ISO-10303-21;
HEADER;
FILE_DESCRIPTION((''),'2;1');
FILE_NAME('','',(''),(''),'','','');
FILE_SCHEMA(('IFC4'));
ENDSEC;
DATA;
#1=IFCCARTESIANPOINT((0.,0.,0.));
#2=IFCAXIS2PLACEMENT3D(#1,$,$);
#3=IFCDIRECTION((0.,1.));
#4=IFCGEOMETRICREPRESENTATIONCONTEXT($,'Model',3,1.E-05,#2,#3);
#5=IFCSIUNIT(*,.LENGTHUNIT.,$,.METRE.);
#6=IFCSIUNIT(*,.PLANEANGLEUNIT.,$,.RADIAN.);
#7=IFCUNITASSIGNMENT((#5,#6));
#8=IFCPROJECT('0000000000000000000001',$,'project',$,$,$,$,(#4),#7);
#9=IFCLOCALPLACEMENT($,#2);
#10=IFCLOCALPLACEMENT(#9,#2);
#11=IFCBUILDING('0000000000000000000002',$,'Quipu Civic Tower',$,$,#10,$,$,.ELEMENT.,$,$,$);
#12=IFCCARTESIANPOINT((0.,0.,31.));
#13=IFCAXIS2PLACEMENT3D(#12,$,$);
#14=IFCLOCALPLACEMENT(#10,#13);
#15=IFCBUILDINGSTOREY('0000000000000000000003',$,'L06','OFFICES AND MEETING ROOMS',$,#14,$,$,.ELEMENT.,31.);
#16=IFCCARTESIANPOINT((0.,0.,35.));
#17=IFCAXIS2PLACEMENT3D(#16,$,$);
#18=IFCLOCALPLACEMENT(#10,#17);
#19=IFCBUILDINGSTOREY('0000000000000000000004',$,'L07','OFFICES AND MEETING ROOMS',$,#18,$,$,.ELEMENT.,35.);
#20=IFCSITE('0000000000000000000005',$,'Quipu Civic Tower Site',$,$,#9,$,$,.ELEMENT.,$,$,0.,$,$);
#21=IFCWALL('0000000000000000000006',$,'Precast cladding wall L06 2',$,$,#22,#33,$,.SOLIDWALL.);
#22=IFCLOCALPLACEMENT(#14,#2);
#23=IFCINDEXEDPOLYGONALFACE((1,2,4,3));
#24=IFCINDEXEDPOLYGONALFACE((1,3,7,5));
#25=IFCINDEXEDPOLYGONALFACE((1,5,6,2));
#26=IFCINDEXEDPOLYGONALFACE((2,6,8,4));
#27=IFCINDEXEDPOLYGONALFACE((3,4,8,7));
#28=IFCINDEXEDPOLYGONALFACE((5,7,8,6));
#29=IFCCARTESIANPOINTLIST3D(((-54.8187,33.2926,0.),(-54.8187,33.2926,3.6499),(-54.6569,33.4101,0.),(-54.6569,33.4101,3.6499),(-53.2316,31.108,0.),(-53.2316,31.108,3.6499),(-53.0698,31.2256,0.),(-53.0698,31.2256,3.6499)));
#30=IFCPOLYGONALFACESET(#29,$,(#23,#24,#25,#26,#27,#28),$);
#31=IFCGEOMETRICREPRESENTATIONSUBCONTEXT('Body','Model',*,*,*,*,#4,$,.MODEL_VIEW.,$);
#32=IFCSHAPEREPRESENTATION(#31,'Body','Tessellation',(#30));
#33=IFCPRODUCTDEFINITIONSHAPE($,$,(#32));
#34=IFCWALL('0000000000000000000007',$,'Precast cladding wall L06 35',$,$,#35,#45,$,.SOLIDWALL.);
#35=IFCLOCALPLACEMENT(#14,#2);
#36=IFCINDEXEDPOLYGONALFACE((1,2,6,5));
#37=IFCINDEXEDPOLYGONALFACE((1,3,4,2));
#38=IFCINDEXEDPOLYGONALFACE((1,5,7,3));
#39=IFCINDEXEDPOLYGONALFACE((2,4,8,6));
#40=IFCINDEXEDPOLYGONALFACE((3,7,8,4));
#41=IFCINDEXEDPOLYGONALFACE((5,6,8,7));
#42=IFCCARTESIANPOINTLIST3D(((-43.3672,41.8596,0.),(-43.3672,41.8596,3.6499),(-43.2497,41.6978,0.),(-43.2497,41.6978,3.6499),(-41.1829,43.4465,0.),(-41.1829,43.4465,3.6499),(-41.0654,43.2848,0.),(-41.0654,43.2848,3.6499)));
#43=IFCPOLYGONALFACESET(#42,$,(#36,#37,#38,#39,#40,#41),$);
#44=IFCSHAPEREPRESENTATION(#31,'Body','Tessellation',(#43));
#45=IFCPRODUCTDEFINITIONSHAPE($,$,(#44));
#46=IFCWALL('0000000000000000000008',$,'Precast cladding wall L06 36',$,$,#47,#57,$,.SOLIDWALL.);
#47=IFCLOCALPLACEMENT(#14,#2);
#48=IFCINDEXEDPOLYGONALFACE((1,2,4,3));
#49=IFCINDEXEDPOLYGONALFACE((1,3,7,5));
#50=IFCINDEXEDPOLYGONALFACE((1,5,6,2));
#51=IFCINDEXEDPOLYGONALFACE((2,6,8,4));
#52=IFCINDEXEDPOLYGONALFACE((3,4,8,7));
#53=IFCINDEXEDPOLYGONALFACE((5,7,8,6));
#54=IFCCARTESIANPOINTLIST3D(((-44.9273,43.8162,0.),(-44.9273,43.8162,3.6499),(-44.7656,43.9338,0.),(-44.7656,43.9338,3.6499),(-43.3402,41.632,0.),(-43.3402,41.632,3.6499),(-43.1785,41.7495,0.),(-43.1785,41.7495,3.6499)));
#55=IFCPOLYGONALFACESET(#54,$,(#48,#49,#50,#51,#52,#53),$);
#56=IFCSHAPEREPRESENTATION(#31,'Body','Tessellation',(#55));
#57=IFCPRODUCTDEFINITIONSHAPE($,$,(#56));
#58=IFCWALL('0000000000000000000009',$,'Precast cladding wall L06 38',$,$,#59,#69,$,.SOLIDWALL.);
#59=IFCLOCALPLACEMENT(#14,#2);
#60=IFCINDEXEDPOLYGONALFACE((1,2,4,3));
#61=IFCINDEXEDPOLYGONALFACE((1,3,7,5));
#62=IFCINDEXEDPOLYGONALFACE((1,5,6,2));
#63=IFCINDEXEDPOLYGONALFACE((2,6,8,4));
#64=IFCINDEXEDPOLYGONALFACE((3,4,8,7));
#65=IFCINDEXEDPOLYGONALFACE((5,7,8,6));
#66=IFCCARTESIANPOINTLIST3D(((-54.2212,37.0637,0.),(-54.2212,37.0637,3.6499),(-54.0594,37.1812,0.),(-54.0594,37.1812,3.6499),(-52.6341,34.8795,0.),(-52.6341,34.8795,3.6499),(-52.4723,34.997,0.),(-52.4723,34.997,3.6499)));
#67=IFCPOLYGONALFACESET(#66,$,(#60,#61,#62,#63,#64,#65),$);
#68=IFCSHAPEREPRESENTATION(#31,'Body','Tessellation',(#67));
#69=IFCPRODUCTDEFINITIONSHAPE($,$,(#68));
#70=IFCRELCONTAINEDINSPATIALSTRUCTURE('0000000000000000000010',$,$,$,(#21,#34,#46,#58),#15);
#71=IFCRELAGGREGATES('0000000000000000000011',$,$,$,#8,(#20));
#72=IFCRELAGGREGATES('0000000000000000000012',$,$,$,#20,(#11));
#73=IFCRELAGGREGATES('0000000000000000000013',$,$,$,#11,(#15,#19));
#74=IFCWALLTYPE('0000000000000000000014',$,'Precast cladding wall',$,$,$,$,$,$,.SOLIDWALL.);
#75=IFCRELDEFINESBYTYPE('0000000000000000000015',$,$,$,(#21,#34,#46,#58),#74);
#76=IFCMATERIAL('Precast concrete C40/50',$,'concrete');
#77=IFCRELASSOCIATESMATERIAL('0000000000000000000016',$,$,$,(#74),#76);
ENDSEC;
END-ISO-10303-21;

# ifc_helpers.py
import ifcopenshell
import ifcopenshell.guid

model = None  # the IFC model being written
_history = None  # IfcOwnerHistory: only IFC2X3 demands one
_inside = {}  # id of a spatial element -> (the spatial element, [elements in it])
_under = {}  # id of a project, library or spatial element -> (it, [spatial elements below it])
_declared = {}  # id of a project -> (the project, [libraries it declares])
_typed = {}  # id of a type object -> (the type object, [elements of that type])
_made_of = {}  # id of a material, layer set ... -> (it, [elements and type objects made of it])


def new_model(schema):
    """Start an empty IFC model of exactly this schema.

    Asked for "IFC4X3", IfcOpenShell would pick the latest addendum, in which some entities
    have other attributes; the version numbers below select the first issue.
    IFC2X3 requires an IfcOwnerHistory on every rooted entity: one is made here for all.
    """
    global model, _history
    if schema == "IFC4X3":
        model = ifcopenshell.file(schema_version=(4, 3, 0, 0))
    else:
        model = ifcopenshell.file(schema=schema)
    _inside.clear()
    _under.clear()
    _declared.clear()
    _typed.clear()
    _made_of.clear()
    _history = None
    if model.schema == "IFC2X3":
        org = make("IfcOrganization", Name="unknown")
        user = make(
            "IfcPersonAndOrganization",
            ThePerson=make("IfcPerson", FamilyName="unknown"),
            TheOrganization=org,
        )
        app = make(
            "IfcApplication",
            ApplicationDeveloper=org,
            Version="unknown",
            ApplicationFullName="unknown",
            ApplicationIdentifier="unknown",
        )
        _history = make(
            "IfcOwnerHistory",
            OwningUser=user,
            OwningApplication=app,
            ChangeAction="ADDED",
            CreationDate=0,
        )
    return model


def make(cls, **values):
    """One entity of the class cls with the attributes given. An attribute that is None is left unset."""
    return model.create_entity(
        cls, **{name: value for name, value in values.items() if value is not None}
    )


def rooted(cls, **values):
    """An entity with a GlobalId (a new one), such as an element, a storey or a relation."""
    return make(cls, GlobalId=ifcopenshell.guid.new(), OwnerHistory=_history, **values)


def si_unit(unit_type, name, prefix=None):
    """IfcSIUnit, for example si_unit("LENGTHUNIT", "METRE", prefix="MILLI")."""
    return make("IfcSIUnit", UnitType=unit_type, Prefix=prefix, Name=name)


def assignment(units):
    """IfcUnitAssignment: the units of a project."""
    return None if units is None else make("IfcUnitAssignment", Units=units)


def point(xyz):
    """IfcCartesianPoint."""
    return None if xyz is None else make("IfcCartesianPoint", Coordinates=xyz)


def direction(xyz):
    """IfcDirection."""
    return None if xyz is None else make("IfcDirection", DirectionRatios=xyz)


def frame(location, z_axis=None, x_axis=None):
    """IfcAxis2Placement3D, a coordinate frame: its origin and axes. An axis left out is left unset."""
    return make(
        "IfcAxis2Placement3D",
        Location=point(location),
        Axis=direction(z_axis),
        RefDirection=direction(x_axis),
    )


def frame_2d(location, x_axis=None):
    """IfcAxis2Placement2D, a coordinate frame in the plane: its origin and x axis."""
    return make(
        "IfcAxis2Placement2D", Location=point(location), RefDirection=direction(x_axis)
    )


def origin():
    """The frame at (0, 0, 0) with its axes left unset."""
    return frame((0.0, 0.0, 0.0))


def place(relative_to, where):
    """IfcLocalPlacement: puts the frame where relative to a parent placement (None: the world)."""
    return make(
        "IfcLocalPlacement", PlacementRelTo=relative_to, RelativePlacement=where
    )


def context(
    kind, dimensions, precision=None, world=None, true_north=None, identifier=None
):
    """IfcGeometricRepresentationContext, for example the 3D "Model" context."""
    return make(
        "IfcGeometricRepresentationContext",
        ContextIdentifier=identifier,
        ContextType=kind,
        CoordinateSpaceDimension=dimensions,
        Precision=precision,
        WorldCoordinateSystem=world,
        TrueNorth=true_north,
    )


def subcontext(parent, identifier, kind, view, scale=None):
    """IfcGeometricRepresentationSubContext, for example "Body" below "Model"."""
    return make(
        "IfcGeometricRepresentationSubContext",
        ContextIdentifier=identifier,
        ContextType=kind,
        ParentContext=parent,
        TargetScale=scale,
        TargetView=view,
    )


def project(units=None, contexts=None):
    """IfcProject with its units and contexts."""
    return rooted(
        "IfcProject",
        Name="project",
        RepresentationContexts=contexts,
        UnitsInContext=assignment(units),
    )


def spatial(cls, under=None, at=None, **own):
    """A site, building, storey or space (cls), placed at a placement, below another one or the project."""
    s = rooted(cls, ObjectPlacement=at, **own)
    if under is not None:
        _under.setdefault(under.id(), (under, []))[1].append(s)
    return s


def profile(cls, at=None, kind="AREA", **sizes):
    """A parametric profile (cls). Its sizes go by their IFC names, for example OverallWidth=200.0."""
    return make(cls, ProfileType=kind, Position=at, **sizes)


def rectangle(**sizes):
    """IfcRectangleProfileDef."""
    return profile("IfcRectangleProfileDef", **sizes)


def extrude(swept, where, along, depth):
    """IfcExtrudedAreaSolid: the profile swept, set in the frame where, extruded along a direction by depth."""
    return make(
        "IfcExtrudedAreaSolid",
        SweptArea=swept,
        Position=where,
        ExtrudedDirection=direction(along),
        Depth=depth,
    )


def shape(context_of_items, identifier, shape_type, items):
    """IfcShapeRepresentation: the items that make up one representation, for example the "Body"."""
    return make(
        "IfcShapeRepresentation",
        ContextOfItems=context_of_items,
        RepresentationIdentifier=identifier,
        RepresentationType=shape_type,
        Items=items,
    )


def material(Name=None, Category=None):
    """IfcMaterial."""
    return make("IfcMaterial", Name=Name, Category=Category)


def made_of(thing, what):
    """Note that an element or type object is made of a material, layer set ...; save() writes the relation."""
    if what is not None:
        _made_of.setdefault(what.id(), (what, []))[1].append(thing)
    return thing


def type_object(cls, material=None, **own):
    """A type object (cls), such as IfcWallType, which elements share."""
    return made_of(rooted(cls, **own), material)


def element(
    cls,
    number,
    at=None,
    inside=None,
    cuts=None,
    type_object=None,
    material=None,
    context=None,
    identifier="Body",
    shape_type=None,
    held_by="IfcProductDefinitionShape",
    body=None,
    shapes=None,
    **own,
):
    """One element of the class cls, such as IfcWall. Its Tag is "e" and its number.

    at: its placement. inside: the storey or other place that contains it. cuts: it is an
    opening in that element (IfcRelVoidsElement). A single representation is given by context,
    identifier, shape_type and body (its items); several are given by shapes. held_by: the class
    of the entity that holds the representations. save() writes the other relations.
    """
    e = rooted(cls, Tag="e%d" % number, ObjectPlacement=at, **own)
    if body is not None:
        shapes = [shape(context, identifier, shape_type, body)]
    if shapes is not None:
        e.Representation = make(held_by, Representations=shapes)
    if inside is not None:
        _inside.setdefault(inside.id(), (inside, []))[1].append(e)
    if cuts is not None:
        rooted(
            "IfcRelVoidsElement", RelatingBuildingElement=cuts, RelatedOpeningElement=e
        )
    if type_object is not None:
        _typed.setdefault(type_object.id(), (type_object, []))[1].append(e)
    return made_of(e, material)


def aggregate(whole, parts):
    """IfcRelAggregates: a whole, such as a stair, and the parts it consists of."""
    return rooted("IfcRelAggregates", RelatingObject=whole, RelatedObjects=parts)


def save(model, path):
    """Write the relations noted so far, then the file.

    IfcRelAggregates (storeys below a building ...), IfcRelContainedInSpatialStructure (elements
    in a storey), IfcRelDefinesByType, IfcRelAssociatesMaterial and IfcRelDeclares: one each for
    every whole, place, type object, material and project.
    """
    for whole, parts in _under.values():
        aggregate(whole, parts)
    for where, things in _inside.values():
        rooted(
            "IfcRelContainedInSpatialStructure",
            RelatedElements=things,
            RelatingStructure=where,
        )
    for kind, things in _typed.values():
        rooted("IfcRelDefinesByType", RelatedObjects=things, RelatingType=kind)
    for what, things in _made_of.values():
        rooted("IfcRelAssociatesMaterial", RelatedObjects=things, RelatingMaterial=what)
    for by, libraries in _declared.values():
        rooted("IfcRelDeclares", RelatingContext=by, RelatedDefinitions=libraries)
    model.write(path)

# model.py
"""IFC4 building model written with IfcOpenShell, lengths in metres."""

from ifc_helpers import new_model, si_unit, direction, frame, frame_2d, origin, place, context, subcontext, project, spatial, rectangle, extrude, material, type_object, element, save


model = new_model("IFC4")

# Units and contexts
model_context = context("Model", 3, precision=1e-05, world=origin(), true_north=direction((0.0, 1.0)))
body_context = subcontext(model_context, "Body", "Model", "MODEL_VIEW")
ifc_project = project(units=[si_unit("LENGTHUNIT", "METRE"), si_unit("PLANEANGLEUNIT", "RADIAN")], contexts=[model_context])

# Site, building, storey
site_placement = place(None, origin())
site = spatial("IfcSite", under=ifc_project, at=site_placement, Name="Quipu Civic Tower Site", CompositionType="ELEMENT", RefElevation=0.0)
building_placement = place(site_placement, origin())
building = spatial("IfcBuilding", under=site, at=building_placement, Name="Quipu Civic Tower", CompositionType="ELEMENT")
storey_1_placement = place(building_placement, frame((0.0, 0.0, 31.0)))
storey_1 = spatial("IfcBuildingStorey", under=building, at=storey_1_placement, Name="L06", Description="OFFICES AND MEETING ROOMS", CompositionType="ELEMENT", Elevation=31.0)

# Shared definitions
storey_2_placement = place(building_placement, frame((0.0, 0.0, 35.0)))
storey_2 = spatial("IfcBuildingStorey", under=building, at=storey_2_placement, Name="L07", Description="OFFICES AND MEETING ROOMS", CompositionType="ELEMENT", Elevation=35.0)

# Walls
ifc_material_1 = material(Name="Precast concrete C40/50", Category="concrete")
wall_type_1 = type_object("IfcWallType", Name="Precast cladding wall", PredefinedType="SOLIDWALL", material=ifc_material_1)
wall_1_placement = place(storey_1_placement, frame((-54.7378, 33.3513, 0.0), z_axis=(0.0, 0.0, 1.0), x_axis=(0.587779, -0.809021, 0.0)))
element("IfcWall", 1, at=wall_1_placement, inside=storey_1, type_object=wall_type_1, Name="Precast cladding wall L06 2", PredefinedType="SOLIDWALL", context=body_context, shape_type="SweptSolid", body=[
    extrude(rectangle(XDim=2.7002, YDim=0.2, at=frame_2d((1.3501, 0.0))), origin(), (0.0, 0.0, 1.0), 3.6499),
])
for number, where, z_axis, x_axis, name in (
    (2, (-41.124, 43.3657, 0.0), (0.0, 0.0, 1.0), (-0.809033, -0.587763, 0.0), "Precast cladding wall L06 35"),
    (3, (-43.2593, 41.6907, 0.0), (0.0, 0.0, 1.0), (-0.587822, 0.80899, 0.0), "Precast cladding wall L06 36"),
    (4, (-54.1404, 37.1226, 0.0), (0.0, 0.0, 1.0), (0.587822, -0.80899, 0.0), "Precast cladding wall L06 38"),
):
    element("IfcWall", number, at=place(storey_1_placement, frame(where, z_axis=z_axis, x_axis=x_axis)), inside=storey_1, type_object=wall_type_1, Name=name, PredefinedType="SOLIDWALL", context=body_context, shape_type="SweptSolid", body=[
        extrude(rectangle(XDim=2.7, YDim=0.2, at=frame_2d((1.3501, 0.0))), origin(), (0.0, 0.0, 1.0), 3.6499),
    ])

save(model, "model.ifc")
